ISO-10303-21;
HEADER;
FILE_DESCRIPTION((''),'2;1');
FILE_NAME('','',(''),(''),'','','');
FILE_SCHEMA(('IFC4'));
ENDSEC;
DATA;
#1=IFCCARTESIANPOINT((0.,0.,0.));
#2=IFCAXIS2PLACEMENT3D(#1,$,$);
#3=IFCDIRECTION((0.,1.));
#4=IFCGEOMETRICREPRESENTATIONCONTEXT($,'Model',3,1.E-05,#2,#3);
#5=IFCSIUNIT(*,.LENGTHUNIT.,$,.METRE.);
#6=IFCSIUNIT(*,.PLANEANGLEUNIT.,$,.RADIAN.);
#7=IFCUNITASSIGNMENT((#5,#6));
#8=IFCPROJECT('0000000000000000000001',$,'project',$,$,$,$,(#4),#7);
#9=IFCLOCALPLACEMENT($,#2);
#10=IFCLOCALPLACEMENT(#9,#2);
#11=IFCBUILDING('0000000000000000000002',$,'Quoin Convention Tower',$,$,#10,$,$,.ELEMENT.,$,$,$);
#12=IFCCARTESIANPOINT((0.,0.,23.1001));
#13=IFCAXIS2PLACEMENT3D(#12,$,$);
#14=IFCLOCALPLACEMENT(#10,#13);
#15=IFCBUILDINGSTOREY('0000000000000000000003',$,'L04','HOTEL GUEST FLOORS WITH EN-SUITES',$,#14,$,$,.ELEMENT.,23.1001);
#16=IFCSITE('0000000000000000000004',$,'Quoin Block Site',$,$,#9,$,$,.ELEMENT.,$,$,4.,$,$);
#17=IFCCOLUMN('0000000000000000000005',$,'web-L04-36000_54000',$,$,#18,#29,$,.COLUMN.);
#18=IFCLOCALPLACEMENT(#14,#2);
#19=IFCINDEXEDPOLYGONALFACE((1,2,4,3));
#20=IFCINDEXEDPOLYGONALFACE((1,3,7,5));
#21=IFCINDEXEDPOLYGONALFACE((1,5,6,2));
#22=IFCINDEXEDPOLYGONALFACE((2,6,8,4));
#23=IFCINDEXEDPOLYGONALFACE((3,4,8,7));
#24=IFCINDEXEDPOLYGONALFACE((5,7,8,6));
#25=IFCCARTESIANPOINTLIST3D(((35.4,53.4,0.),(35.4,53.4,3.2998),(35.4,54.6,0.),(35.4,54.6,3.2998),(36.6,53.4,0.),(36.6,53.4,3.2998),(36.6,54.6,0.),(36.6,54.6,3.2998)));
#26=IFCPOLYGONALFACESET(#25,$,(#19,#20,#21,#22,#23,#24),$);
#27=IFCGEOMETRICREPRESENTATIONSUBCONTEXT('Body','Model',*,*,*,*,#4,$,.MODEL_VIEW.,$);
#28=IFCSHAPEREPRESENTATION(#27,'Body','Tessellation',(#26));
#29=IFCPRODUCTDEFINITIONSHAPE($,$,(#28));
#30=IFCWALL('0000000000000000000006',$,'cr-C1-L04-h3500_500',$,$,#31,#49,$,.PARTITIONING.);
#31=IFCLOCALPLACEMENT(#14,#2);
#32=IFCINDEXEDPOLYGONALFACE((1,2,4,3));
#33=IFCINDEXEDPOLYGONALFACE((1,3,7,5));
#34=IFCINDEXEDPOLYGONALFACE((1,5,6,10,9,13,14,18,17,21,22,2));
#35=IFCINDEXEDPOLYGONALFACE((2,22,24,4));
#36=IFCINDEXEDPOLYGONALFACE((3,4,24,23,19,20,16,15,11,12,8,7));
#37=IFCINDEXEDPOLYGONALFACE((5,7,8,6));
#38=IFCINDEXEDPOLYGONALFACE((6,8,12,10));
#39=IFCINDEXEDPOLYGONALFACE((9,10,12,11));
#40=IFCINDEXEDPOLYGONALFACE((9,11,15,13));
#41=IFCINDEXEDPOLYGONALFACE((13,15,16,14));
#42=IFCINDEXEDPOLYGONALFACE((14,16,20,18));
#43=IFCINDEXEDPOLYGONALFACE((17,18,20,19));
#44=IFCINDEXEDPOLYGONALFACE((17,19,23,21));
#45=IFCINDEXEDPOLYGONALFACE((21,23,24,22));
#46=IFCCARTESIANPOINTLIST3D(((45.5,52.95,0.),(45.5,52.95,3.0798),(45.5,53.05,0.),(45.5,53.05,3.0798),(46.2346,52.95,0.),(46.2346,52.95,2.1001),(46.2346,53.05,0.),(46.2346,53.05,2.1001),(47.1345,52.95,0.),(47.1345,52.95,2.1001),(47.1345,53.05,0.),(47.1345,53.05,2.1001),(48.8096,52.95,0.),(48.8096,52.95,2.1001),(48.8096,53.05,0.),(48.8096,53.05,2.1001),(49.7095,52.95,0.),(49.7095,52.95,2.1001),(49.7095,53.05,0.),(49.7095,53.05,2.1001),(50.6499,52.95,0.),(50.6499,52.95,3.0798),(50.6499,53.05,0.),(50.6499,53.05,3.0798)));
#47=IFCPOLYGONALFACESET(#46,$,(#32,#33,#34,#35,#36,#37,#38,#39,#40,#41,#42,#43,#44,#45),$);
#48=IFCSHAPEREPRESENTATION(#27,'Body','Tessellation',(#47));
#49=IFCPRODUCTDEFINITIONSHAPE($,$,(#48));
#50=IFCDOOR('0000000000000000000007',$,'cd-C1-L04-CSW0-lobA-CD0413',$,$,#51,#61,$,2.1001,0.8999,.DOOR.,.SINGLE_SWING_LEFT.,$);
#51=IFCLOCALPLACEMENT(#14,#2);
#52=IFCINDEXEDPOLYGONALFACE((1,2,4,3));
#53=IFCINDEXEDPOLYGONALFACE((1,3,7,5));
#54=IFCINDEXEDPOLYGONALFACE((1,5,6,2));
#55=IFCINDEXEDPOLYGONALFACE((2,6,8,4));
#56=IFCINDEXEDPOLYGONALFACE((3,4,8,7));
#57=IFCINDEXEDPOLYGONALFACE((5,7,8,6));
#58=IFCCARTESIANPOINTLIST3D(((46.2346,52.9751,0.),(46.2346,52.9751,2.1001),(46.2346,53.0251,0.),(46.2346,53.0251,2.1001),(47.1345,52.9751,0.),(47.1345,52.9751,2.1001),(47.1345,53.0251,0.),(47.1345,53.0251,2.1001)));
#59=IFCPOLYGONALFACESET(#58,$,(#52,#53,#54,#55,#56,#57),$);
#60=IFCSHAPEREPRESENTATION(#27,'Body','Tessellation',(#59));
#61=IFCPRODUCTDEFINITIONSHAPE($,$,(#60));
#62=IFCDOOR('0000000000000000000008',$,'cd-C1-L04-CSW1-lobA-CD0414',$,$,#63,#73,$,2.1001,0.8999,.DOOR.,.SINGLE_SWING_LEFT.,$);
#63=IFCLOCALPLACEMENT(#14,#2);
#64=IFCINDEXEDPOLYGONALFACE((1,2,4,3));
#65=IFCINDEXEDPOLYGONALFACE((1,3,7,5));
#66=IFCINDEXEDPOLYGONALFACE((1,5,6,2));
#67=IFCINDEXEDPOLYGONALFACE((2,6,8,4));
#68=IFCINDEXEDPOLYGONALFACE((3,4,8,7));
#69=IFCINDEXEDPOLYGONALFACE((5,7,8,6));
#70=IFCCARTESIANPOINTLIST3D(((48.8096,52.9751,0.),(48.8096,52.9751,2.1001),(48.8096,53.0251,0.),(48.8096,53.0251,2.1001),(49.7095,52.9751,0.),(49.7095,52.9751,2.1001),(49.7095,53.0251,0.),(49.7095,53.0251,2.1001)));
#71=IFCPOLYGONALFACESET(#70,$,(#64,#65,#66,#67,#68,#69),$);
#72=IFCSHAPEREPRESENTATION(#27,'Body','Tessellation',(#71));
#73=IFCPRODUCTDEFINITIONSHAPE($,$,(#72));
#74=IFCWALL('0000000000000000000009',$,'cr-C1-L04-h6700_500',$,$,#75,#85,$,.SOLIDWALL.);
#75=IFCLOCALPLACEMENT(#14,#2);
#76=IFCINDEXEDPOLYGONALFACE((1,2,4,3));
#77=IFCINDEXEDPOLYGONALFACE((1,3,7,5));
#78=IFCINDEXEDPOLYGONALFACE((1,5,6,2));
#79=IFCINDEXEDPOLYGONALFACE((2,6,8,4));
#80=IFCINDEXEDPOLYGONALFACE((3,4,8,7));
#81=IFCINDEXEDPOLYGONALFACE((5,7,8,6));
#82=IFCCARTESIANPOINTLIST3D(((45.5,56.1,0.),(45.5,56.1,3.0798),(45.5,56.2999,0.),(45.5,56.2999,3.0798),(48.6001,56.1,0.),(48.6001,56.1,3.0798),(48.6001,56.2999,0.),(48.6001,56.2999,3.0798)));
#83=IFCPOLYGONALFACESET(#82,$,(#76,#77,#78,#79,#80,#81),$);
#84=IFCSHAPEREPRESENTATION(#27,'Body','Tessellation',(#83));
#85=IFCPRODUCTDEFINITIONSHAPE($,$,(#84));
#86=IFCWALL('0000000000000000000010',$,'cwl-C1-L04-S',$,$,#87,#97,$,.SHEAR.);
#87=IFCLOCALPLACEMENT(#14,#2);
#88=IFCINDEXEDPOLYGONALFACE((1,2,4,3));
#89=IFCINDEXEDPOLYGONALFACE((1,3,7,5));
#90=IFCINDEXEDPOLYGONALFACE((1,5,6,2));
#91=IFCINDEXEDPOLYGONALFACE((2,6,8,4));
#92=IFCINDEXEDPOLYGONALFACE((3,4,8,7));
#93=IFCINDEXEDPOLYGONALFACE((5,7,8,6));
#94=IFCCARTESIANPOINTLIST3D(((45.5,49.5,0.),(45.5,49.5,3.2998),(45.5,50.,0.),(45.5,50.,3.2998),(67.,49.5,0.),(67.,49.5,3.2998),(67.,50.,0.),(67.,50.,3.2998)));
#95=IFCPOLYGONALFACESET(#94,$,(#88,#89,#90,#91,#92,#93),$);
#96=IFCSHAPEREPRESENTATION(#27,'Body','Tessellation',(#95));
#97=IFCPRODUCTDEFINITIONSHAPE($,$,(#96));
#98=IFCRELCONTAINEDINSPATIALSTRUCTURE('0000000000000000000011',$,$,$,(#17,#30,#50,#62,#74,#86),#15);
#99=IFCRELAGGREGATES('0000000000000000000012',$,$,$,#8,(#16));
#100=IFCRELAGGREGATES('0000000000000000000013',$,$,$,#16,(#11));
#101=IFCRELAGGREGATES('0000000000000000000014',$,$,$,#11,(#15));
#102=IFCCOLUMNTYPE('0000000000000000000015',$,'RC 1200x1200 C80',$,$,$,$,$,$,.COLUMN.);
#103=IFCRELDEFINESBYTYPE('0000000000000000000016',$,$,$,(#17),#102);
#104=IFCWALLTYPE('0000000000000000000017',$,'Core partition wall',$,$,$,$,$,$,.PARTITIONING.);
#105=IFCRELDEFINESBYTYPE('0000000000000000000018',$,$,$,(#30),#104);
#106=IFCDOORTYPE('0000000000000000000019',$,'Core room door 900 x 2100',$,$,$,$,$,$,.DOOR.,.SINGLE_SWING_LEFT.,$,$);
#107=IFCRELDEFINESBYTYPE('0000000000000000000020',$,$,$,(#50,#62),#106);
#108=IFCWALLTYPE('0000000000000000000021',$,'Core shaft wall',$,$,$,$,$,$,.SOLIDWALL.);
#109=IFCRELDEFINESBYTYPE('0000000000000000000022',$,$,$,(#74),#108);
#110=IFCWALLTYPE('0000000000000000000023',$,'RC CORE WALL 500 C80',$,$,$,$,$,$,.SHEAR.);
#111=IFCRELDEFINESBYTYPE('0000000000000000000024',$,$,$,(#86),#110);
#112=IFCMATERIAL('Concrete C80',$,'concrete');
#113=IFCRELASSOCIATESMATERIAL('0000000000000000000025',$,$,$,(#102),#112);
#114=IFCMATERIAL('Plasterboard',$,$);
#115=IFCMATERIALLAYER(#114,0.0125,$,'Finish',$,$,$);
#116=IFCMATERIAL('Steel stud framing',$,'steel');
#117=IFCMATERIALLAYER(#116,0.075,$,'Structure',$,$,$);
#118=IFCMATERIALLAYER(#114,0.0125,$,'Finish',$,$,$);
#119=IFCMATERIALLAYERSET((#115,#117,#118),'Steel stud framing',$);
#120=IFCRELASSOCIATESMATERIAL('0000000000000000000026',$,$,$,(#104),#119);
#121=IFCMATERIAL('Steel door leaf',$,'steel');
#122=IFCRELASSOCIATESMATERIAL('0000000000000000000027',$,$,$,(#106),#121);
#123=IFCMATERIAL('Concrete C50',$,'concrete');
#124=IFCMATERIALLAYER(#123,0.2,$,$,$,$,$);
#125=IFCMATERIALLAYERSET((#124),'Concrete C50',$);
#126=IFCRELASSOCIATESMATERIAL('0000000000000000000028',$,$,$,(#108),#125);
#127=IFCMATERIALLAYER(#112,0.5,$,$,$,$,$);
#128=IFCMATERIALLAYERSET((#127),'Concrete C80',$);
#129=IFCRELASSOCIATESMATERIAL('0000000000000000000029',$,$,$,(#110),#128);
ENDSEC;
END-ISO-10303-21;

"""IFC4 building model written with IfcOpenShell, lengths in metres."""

from ifc_helpers import new_model, si_unit, direction, frame, frame_2d, origin, origin_2d, place, context, subcontext, project, spatial, rectangle, extrude, material, layer, layer_set, material_profile, profile_set, type_object, element, fill, save


model = new_model("IFC4")

# Units and contexts
model_context = context("Model", 3, precision=1e-05, world=origin(), true_north=direction((0.0, 1.0)))
body_context = subcontext(model_context, "Body", "Model", "MODEL_VIEW")
ifc_project = project(units=[si_unit("LENGTHUNIT", "METRE"), si_unit("PLANEANGLEUNIT", "RADIAN")], contexts=[model_context])

# Site, building, storey
site_placement = place(None, origin())
site = spatial("IfcSite", under=ifc_project, at=site_placement, Name="Quoin Block Site", CompositionType="ELEMENT", RefElevation=4.0)
building_placement = place(site_placement, origin())
building = spatial("IfcBuilding", under=site, at=building_placement, Name="Quoin Convention Tower", CompositionType="ELEMENT")
storey_placement = place(building_placement, frame((0.0, 0.0, 23.1001)))
storey = spatial("IfcBuildingStorey", under=building, at=storey_placement, Name="L04", Description="HOTEL GUEST FLOORS WITH EN-SUITES", CompositionType="ELEMENT", Elevation=23.1001)

# Column
ifc_material_1 = material(Name="Concrete C80", Category="concrete")
ifc_material_profile = material_profile(ifc_material_1, rectangle(XDim=1.2, YDim=1.2, at=origin_2d()), Name="RC 1200x1200")
ifc_profile_set = profile_set([ifc_material_profile], Name="Concrete C80")
column_type = type_object("IfcColumnType", Name="RC 1200x1200 C80", PredefinedType="COLUMN", material=ifc_profile_set)
column_placement = place(storey_placement, frame((36.0, 54.0, 0.0), z_axis=(0.0, 0.0, 1.0), x_axis=(1.0, 0.0, 0.0)))
element("IfcColumn", 1, at=column_placement, inside=storey, type_object=column_type, Name="web-L04-36000_54000", PredefinedType="COLUMN", context=body_context, shape_type="SweptSolid", body=[
    extrude(rectangle(XDim=1.2, YDim=1.2, at=origin_2d()), origin(), (0.0, 0.0, 1.0), 3.2998),
])

# Wall, openings, doors
ifc_material_2 = material(Name="Plasterboard")
ifc_layer_1 = layer(ifc_material_2, 0.0125, Name="Finish")
ifc_material_3 = material(Name="Steel stud framing", Category="steel")
ifc_layer_2 = layer(ifc_material_3, 0.075, Name="Structure")
ifc_layer_3 = layer(ifc_material_2, 0.0125, Name="Finish")
ifc_layer_set_1 = layer_set([ifc_layer_1, ifc_layer_2, ifc_layer_3], Name="Steel stud framing")
wall_type_1 = type_object("IfcWallType", Name="Core partition wall", PredefinedType="PARTITIONING", material=ifc_layer_set_1)
wall_1_placement = place(storey_placement, frame((45.5, 53.0, 0.0), z_axis=(0.0, 0.0, 1.0), x_axis=(1.0, 0.0, 0.0)))
wall_1 = element("IfcWall", 2, at=wall_1_placement, inside=storey, type_object=wall_type_1, Name="cr-C1-L04-h3500_500", PredefinedType="PARTITIONING", context=body_context, shape_type="SweptSolid", body=[
    extrude(rectangle(XDim=5.1499, YDim=0.1001, at=frame_2d((2.575, 0.0))), origin(), (0.0, 0.0, 1.0), 3.0798),
])
opening_1_placement = place(wall_1_placement, frame((0.7346, 0.0, 0.0)))
opening_1 = element("IfcOpeningElement", 3, at=opening_1_placement, cuts=wall_1, PredefinedType="OPENING", context=body_context, shape_type="SweptSolid", body=[
    extrude(rectangle(XDim=0.8999, YDim=2.1001, at=frame_2d((0.45, 1.05))), frame((0.0, 0.0601, 0.0), z_axis=(0.0, -1.0, 0.0), x_axis=(1.0, 0.0, 0.0)), (0.0, 0.0, 1.0), 0.1201),
])
opening_2_placement = place(wall_1_placement, frame((3.3096, 0.0, 0.0)))
opening_2 = element("IfcOpeningElement", 4, at=opening_2_placement, cuts=wall_1, PredefinedType="OPENING", context=body_context, shape_type="SweptSolid", body=[
    extrude(rectangle(XDim=0.8999, YDim=2.1001, at=frame_2d((0.45, 1.05))), frame((0.0, 0.0601, 0.0), z_axis=(0.0, -1.0, 0.0), x_axis=(1.0, 0.0, 0.0)), (0.0, 0.0, 1.0), 0.1201),
])
ifc_material_4 = material(Name="Steel door leaf", Category="steel")
door_type_1 = type_object("IfcDoorType", Name="Core room door 900 x 2100", OperationType="SINGLE_SWING_LEFT", PredefinedType="DOOR", material=ifc_material_4)
door_1_placement = place(opening_1_placement, frame((0.8999, 0.0, 0.0), z_axis=(0.0, 0.0, 1.0), x_axis=(-1.0, 0.0, 0.0)))
door_1 = element("IfcDoor", 5, at=door_1_placement, inside=storey, type_object=door_type_1, Name="cd-C1-L04-CSW0-lobA-CD0413", OperationType="SINGLE_SWING_LEFT", OverallHeight=2.1001, OverallWidth=0.8999, PredefinedType="DOOR", context=body_context, shape_type="SweptSolid", body=[
    extrude(rectangle(XDim=0.8999, YDim=2.1001, at=frame_2d((0.45, 1.05))), frame((0.0, 0.0249, 0.0), z_axis=(0.0, -1.0, 0.0), x_axis=(1.0, 0.0, 0.0)), (0.0, 0.0, 1.0), 0.05),
])
fill(opening_1, door_1)
door_2_placement = place(opening_2_placement, frame((0.8999, 0.0, 0.0), z_axis=(0.0, 0.0, 1.0), x_axis=(-1.0, 0.0, 0.0)))
door_2 = element("IfcDoor", 6, at=door_2_placement, inside=storey, type_object=door_type_1, Name="cd-C1-L04-CSW1-lobA-CD0414", OperationType="SINGLE_SWING_LEFT", OverallHeight=2.1001, OverallWidth=0.8999, PredefinedType="DOOR", context=body_context, shape_type="SweptSolid", body=[
    extrude(rectangle(XDim=0.8999, YDim=2.1001, at=frame_2d((0.45, 1.05))), frame((0.0, 0.0249, 0.0), z_axis=(0.0, -1.0, 0.0), x_axis=(1.0, 0.0, 0.0)), (0.0, 0.0, 1.0), 0.05),
])
fill(opening_2, door_2)

# Walls
ifc_material_5 = material(Name="Concrete C50", Category="concrete")
ifc_layer_4 = layer(ifc_material_5, 0.2)
ifc_layer_set_2 = layer_set([ifc_layer_4], Name="Concrete C50")
wall_type_2 = type_object("IfcWallType", Name="Core shaft wall", PredefinedType="SOLIDWALL", material=ifc_layer_set_2)
wall_2_placement = place(storey_placement, frame((45.5, 56.2, 0.0), z_axis=(0.0, 0.0, 1.0), x_axis=(1.0, 0.0, 0.0)))
element("IfcWall", 7, at=wall_2_placement, inside=storey, type_object=wall_type_2, Name="cr-C1-L04-h6700_500", PredefinedType="SOLIDWALL", context=body_context, shape_type="SweptSolid", body=[
    extrude(rectangle(XDim=3.1001, YDim=0.2, at=frame_2d((1.55, 0.0))), origin(), (0.0, 0.0, 1.0), 3.0798),
])
ifc_layer_5 = layer(ifc_material_1, 0.5)
ifc_layer_set_3 = layer_set([ifc_layer_5], Name="Concrete C80")
wall_type_3 = type_object("IfcWallType", Name="RC CORE WALL 500 C80", PredefinedType="SHEAR", material=ifc_layer_set_3)
wall_3_placement = place(storey_placement, frame((45.5, 49.75, 0.0), z_axis=(0.0, 0.0, 1.0), x_axis=(1.0, 0.0, 0.0)))
element("IfcWall", 8, at=wall_3_placement, inside=storey, type_object=wall_type_3, Name="cwl-C1-L04-S", PredefinedType="SHEAR", context=body_context, shape_type="SweptSolid", body=[
    extrude(rectangle(XDim=21.5, YDim=0.5, at=frame_2d((10.75, 0.0))), origin(), (0.0, 0.0, 1.0), 3.2998),
])

save(model, "model.ifc")
